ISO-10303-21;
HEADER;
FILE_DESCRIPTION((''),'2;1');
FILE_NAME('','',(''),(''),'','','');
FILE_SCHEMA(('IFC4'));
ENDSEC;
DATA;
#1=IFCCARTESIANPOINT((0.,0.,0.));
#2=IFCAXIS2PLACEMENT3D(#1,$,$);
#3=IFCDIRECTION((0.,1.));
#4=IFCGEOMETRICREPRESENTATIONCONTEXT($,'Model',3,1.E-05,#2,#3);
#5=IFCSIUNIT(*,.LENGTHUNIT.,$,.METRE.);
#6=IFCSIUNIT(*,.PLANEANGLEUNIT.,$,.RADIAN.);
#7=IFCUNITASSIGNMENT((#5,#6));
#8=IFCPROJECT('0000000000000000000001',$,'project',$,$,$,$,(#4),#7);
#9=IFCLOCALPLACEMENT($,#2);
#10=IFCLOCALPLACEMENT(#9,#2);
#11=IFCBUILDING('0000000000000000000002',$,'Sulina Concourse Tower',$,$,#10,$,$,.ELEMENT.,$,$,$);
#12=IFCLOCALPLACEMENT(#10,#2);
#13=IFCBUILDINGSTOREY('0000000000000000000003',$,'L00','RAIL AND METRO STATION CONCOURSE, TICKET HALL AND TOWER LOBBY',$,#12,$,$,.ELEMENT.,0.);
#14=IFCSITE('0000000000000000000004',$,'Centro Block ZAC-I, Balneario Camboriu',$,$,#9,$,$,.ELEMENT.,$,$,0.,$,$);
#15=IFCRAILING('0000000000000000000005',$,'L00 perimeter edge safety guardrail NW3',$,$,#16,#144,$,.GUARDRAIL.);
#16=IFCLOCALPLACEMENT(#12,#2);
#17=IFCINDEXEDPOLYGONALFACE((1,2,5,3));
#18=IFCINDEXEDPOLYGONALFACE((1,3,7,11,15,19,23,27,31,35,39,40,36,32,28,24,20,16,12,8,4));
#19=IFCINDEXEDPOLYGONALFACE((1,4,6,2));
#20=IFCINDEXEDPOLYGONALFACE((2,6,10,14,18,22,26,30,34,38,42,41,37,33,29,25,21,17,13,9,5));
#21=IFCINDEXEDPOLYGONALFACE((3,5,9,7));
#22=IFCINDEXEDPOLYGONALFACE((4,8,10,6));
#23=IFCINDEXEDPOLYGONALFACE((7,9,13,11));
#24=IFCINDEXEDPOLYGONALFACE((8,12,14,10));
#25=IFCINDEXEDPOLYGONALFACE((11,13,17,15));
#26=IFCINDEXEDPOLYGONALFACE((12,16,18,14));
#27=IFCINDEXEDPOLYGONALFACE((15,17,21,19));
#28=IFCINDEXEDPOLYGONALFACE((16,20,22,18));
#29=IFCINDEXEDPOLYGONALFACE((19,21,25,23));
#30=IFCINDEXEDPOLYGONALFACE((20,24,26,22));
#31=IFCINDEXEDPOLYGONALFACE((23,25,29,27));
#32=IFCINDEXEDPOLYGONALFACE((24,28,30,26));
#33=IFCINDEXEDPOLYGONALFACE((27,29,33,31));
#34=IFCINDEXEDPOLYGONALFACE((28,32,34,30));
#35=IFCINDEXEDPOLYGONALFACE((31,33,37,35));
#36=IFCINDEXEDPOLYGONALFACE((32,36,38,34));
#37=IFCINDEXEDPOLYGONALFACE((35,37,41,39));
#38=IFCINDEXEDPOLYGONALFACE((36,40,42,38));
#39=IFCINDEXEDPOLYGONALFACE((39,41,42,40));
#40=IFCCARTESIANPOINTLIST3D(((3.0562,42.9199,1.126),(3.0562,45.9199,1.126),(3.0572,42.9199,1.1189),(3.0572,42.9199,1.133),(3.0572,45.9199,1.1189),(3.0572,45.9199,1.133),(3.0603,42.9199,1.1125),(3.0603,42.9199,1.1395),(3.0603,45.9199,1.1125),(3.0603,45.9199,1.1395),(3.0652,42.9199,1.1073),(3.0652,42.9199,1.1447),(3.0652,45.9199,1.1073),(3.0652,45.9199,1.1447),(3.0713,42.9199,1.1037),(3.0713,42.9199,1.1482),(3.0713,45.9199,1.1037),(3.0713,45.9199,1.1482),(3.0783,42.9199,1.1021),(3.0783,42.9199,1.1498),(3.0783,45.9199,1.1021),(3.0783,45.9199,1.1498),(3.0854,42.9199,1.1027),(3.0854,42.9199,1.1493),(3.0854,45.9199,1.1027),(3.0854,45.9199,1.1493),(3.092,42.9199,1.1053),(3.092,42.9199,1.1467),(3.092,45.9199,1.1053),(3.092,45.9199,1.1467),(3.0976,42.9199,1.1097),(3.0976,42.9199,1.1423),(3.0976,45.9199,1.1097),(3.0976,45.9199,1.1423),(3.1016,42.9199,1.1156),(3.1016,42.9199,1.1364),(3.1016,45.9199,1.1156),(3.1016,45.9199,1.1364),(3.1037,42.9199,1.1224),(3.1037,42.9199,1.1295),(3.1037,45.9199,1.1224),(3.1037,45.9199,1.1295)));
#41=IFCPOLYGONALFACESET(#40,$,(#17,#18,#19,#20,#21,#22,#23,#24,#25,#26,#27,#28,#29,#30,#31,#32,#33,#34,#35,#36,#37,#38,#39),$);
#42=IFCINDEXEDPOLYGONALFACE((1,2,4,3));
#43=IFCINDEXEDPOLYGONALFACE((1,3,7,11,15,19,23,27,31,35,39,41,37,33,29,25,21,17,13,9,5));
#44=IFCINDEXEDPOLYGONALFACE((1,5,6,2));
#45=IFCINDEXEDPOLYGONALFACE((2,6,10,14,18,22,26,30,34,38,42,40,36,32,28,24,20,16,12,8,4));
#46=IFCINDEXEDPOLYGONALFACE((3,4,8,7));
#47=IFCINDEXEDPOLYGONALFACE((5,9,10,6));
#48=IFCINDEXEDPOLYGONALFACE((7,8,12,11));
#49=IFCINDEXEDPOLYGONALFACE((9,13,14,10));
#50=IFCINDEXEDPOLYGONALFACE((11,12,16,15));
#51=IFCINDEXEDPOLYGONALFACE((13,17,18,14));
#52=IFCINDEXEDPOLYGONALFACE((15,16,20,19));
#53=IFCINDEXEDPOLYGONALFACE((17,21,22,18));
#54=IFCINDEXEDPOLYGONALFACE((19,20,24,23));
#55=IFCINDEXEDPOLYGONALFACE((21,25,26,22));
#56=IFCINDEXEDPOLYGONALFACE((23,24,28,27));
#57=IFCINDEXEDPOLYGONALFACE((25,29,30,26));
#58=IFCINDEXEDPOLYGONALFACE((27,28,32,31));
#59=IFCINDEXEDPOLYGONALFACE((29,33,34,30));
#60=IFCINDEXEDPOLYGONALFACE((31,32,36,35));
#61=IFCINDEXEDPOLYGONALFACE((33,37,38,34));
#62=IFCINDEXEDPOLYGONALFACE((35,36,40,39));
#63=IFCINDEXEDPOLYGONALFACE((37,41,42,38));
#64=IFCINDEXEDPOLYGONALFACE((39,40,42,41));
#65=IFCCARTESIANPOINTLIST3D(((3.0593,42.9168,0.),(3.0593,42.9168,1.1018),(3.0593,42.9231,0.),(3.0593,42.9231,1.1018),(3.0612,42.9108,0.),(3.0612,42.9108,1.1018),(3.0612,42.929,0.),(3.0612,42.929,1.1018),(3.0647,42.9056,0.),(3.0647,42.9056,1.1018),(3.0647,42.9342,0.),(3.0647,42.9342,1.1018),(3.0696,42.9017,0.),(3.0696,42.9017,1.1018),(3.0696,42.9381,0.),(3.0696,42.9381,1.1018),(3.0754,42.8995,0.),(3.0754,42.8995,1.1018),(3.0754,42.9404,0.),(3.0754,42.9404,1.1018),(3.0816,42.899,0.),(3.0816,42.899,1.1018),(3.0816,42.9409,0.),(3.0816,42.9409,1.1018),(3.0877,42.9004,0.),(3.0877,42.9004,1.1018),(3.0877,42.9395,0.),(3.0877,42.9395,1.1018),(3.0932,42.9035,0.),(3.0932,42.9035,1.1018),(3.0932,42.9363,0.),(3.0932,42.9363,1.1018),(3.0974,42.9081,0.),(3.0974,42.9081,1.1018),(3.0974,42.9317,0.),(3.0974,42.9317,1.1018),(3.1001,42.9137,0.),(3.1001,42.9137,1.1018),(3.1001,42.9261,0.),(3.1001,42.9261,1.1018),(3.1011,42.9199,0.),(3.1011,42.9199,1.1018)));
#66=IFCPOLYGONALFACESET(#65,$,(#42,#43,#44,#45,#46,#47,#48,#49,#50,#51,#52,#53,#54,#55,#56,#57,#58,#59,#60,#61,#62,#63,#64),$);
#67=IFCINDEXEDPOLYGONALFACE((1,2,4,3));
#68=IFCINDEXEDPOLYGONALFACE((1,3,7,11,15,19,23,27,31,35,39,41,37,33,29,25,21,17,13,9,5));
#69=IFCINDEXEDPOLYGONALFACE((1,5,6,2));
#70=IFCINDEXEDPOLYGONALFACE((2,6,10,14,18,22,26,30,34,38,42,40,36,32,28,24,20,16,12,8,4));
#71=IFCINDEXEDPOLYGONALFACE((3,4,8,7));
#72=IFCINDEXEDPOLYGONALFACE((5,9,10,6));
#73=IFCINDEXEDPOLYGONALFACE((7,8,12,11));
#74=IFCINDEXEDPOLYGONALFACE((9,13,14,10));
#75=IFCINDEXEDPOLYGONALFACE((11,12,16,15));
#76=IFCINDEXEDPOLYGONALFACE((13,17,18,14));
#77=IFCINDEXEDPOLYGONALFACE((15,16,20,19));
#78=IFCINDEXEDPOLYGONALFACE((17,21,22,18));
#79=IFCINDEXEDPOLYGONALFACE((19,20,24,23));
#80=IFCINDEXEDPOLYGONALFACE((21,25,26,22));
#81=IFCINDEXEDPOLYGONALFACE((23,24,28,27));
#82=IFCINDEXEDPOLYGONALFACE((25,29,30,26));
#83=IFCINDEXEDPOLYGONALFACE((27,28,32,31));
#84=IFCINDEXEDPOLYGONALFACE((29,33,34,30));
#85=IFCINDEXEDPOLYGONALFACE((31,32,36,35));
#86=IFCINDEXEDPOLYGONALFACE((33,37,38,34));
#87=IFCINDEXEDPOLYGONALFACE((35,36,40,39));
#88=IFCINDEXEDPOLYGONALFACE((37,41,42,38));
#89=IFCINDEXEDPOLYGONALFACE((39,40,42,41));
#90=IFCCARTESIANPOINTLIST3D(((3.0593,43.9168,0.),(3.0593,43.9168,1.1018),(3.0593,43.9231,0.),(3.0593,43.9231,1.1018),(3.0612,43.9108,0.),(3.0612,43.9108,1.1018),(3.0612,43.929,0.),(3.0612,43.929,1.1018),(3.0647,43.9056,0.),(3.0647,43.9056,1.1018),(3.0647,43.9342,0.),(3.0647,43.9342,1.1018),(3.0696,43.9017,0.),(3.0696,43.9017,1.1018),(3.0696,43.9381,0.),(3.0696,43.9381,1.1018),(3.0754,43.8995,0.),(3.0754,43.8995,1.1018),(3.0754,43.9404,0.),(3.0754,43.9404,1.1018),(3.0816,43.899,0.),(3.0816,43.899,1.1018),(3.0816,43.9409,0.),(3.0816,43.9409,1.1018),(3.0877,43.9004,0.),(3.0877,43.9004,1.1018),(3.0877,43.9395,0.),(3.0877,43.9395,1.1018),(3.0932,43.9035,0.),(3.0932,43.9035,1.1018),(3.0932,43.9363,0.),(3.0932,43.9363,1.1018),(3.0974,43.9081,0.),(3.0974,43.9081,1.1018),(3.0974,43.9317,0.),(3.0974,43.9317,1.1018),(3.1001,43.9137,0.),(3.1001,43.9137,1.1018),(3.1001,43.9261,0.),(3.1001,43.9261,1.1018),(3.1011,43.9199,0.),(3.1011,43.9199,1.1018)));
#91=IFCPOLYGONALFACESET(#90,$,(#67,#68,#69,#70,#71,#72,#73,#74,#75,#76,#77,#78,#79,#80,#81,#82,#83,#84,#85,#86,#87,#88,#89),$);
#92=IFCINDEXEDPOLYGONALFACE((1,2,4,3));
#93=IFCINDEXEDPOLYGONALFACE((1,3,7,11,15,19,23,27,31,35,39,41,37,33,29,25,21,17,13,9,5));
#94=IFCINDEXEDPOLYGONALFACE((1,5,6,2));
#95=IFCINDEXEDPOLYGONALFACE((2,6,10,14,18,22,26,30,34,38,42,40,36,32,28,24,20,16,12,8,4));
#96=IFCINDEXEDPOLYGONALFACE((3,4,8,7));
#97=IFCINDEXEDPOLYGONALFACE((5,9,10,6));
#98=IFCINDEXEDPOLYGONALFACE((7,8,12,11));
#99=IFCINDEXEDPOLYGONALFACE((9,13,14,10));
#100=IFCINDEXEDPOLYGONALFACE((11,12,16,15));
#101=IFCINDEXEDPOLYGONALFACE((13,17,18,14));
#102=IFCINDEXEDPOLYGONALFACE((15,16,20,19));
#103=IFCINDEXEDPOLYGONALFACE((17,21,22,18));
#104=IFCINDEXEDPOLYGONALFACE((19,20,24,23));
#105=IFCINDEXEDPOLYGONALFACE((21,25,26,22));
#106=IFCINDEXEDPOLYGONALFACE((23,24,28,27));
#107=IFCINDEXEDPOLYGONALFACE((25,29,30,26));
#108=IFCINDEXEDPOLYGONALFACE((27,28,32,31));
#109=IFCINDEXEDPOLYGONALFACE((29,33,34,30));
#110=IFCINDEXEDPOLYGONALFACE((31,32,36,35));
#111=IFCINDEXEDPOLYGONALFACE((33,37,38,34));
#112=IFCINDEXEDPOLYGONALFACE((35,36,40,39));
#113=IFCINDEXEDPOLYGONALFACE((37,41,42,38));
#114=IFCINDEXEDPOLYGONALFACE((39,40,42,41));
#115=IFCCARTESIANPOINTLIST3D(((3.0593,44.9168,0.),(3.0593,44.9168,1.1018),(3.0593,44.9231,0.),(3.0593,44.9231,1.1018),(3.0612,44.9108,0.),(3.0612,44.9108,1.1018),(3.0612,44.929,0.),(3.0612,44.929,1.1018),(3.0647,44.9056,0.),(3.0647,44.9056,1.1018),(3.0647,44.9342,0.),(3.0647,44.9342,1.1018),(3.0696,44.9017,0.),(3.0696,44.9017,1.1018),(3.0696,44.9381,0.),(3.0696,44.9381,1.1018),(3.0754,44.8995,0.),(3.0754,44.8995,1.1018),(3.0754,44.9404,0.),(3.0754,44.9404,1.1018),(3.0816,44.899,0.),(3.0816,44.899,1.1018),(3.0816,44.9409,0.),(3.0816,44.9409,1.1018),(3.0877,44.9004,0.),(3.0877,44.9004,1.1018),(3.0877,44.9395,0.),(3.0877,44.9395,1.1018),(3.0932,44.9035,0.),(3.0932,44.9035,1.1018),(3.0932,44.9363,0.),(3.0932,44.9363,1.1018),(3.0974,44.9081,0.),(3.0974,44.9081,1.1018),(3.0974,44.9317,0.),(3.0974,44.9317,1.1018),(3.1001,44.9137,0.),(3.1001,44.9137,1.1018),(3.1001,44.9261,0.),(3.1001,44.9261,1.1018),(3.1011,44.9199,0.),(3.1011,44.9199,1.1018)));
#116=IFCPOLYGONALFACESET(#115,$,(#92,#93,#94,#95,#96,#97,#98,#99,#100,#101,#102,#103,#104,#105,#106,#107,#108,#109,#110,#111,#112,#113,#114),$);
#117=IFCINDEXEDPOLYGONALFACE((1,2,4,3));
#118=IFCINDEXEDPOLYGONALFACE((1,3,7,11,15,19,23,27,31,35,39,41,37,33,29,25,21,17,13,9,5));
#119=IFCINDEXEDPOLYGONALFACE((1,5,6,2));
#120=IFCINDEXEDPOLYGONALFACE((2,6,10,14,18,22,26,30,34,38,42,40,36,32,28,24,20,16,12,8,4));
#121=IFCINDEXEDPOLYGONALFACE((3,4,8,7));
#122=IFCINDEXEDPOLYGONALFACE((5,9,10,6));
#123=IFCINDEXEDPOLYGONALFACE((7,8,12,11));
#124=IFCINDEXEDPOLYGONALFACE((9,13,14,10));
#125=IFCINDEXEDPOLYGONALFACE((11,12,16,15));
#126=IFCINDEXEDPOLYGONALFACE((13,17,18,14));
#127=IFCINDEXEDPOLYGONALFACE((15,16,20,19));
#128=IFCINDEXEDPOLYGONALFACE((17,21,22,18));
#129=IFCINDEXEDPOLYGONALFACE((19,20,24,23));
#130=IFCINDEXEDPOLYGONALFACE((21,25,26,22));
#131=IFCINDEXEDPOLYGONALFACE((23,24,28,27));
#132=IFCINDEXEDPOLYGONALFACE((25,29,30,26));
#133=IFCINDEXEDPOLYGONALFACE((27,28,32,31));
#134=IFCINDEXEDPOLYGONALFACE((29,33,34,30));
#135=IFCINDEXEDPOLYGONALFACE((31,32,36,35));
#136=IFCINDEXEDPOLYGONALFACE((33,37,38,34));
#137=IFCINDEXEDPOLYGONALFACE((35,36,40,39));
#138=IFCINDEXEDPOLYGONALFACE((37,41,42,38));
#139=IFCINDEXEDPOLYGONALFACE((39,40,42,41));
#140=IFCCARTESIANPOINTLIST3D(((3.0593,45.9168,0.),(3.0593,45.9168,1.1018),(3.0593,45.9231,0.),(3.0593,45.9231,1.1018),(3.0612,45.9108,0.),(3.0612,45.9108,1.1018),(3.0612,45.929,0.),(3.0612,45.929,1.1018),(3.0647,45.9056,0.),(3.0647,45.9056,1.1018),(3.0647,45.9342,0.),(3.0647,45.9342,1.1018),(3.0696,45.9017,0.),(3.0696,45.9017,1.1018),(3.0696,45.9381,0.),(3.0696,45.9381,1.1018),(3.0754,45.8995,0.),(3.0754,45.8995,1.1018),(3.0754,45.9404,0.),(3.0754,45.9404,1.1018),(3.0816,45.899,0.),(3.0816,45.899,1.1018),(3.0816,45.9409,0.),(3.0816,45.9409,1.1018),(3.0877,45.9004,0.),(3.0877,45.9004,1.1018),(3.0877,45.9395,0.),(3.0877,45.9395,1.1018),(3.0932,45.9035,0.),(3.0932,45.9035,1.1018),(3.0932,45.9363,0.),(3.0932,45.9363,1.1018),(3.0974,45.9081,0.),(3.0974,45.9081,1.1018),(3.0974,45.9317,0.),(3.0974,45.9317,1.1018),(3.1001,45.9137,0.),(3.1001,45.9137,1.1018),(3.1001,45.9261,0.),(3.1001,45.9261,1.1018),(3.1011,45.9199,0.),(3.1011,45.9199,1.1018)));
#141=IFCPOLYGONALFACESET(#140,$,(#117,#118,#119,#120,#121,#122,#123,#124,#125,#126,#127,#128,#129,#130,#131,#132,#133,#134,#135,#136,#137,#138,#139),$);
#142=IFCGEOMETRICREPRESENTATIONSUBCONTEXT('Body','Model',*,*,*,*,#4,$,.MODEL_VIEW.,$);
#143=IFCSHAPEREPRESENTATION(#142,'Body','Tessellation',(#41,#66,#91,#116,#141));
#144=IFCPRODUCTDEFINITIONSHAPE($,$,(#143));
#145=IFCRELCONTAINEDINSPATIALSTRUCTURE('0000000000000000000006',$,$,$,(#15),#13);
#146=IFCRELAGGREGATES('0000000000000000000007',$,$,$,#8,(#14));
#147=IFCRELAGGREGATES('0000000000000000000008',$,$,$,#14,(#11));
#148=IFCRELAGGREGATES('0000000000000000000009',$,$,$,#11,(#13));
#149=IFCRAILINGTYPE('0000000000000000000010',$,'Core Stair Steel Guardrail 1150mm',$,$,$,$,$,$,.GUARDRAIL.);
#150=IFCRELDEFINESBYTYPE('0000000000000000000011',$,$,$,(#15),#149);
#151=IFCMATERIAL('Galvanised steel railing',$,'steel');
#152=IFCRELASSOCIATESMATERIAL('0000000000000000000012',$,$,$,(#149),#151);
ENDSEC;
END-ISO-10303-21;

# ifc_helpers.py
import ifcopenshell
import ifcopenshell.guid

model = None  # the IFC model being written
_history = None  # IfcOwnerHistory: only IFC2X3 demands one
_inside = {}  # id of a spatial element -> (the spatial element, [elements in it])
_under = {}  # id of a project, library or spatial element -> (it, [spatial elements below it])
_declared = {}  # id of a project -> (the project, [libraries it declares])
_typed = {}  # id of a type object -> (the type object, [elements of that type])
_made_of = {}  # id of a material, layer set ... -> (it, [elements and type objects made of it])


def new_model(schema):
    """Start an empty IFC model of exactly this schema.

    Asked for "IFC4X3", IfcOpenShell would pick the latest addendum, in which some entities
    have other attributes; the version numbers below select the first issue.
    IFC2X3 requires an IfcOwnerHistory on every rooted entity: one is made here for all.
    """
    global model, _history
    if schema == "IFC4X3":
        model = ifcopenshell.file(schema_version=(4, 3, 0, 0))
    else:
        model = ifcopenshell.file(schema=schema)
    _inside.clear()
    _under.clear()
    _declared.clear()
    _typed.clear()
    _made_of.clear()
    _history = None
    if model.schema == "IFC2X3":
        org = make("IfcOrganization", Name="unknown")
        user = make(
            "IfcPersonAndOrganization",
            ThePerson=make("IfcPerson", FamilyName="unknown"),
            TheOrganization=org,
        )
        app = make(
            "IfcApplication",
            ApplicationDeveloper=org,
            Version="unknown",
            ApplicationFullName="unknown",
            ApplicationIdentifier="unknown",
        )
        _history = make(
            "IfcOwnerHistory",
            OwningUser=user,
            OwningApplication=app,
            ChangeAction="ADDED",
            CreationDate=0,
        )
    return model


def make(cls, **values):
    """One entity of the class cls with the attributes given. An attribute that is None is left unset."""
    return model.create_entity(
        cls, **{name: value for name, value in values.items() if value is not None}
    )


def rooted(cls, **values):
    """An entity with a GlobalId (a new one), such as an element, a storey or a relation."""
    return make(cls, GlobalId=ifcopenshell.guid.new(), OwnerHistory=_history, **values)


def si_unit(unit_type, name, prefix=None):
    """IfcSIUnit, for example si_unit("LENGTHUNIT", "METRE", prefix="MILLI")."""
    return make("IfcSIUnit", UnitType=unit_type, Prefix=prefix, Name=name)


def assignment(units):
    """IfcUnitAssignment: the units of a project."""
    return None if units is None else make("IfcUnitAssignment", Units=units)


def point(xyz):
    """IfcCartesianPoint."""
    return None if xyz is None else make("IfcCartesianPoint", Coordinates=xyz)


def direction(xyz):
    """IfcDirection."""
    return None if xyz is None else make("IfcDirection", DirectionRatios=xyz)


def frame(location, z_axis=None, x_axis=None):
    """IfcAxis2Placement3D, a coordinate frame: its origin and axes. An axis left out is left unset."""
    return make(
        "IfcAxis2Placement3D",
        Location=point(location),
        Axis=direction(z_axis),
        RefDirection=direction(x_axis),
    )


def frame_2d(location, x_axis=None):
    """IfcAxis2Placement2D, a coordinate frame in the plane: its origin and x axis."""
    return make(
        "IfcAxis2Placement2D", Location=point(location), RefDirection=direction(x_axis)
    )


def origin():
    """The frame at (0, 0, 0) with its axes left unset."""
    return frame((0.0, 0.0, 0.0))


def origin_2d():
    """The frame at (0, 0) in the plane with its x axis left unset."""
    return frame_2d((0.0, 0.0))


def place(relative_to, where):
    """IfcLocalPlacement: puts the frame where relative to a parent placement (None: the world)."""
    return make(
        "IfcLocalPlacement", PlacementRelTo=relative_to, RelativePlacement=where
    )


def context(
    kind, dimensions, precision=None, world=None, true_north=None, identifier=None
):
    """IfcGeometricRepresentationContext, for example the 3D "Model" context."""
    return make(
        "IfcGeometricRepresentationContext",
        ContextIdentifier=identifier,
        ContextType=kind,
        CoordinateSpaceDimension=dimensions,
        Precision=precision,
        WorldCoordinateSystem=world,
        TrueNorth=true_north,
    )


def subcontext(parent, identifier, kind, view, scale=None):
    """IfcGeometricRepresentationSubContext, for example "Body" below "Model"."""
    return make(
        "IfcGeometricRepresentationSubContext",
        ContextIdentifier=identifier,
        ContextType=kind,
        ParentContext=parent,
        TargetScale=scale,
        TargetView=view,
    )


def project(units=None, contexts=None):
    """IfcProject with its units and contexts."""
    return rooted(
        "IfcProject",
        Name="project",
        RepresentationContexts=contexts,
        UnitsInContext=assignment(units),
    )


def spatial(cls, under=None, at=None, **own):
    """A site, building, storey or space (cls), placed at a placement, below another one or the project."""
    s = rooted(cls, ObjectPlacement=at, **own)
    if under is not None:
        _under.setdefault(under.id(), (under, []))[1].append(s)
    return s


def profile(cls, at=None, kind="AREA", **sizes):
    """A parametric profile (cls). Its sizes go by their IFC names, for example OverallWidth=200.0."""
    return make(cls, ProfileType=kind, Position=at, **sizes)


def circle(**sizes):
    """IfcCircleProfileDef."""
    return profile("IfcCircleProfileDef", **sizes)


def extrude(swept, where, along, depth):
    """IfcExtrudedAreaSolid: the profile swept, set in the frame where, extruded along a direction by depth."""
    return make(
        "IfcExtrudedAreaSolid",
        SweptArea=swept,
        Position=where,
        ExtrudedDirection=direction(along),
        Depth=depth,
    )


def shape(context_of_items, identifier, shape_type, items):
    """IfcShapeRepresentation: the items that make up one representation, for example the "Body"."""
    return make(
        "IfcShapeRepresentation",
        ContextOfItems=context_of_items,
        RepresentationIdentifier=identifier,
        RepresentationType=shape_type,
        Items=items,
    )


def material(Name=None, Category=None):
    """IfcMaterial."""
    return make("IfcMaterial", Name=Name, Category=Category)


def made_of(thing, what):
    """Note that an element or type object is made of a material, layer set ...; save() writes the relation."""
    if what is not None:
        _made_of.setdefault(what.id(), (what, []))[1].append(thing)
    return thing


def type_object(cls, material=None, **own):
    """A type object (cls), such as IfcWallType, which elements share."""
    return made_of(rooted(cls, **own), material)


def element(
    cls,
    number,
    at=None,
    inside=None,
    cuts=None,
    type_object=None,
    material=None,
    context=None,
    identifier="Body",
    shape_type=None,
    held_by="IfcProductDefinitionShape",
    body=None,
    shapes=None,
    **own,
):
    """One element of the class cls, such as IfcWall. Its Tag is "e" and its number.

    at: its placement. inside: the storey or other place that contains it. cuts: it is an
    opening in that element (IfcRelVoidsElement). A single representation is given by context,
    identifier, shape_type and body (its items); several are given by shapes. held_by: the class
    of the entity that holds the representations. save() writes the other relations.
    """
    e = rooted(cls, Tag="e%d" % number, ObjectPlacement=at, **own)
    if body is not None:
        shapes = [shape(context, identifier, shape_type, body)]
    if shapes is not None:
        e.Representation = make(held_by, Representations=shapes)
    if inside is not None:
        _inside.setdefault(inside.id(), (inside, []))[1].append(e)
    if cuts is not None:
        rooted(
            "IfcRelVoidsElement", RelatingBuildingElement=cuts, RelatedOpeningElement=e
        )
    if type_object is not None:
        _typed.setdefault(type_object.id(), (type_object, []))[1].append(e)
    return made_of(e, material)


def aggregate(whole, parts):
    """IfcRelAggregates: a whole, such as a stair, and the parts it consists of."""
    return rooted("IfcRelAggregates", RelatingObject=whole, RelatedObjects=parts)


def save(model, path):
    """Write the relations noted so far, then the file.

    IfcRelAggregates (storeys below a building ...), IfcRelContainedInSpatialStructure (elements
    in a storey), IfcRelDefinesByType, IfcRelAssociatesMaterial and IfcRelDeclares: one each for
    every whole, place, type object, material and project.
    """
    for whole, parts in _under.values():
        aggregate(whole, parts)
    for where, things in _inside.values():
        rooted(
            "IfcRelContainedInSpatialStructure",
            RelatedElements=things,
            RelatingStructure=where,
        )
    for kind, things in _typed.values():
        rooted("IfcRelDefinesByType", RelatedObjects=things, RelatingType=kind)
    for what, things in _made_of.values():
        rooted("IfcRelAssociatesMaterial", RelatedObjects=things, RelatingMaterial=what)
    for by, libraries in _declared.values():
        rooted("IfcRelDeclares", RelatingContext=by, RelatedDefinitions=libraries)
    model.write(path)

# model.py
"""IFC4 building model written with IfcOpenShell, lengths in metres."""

from ifc_helpers import new_model, si_unit, direction, frame, origin, origin_2d, place, context, subcontext, project, spatial, circle, extrude, material, type_object, element, save


model = new_model("IFC4")

# Units and contexts
model_context = context("Model", 3, precision=1e-05, world=origin(), true_north=direction((0.0, 1.0)))
body_context = subcontext(model_context, "Body", "Model", "MODEL_VIEW")
ifc_project = project(units=[si_unit("LENGTHUNIT", "METRE"), si_unit("PLANEANGLEUNIT", "RADIAN")], contexts=[model_context])

# Site, building, storey
site_placement = place(None, origin())
site = spatial("IfcSite", under=ifc_project, at=site_placement, Name="Centro Block ZAC-I, Balneario Camboriu", CompositionType="ELEMENT", RefElevation=0.0)
building_placement = place(site_placement, origin())
building = spatial("IfcBuilding", under=site, at=building_placement, Name="Sulina Concourse Tower", CompositionType="ELEMENT")
storey_placement = place(building_placement, origin())
storey = spatial("IfcBuildingStorey", under=building, at=storey_placement, Name="L00", Description="RAIL AND METRO STATION CONCOURSE, TICKET HALL AND TOWER LOBBY", CompositionType="ELEMENT", Elevation=0.0)

# Railing
ifc_material_1 = material(Name="Galvanised steel railing", Category="steel")
railing_type_1 = type_object("IfcRailingType", Name="Core Stair Steel Guardrail 1150mm", PredefinedType="GUARDRAIL", material=ifc_material_1)
railing_1_placement = place(storey_placement, frame((3.0801, 42.9199, 0.0)))
element("IfcRailing", 1, at=railing_1_placement, inside=storey, type_object=railing_type_1, Name="L00 perimeter edge safety guardrail NW3", PredefinedType="GUARDRAIL", context=body_context, shape_type="SweptSolid", body=[
    extrude(circle(Radius=0.0239, at=origin_2d()), frame((0.0, 0.0, 1.126), z_axis=(0.0, 1.0, 0.0), x_axis=(-1.0, 0.0, 0.0)), (0.0, 0.0, 1.0), 3.0),
    extrude(circle(Radius=0.021, at=origin_2d()), origin(), (0.0, 0.0, 1.0), 1.1018),
    extrude(circle(Radius=0.021, at=origin_2d()), frame((0.0, 1.0, 0.0)), (0.0, 0.0, 1.0), 1.1018),
    extrude(circle(Radius=0.021, at=origin_2d()), frame((0.0, 2.0, 0.0)), (0.0, 0.0, 1.0), 1.1018),
    extrude(circle(Radius=0.021, at=origin_2d()), frame((0.0, 3.0, 0.0)), (0.0, 0.0, 1.0), 1.1018),
])

save(model, "model.ifc")
